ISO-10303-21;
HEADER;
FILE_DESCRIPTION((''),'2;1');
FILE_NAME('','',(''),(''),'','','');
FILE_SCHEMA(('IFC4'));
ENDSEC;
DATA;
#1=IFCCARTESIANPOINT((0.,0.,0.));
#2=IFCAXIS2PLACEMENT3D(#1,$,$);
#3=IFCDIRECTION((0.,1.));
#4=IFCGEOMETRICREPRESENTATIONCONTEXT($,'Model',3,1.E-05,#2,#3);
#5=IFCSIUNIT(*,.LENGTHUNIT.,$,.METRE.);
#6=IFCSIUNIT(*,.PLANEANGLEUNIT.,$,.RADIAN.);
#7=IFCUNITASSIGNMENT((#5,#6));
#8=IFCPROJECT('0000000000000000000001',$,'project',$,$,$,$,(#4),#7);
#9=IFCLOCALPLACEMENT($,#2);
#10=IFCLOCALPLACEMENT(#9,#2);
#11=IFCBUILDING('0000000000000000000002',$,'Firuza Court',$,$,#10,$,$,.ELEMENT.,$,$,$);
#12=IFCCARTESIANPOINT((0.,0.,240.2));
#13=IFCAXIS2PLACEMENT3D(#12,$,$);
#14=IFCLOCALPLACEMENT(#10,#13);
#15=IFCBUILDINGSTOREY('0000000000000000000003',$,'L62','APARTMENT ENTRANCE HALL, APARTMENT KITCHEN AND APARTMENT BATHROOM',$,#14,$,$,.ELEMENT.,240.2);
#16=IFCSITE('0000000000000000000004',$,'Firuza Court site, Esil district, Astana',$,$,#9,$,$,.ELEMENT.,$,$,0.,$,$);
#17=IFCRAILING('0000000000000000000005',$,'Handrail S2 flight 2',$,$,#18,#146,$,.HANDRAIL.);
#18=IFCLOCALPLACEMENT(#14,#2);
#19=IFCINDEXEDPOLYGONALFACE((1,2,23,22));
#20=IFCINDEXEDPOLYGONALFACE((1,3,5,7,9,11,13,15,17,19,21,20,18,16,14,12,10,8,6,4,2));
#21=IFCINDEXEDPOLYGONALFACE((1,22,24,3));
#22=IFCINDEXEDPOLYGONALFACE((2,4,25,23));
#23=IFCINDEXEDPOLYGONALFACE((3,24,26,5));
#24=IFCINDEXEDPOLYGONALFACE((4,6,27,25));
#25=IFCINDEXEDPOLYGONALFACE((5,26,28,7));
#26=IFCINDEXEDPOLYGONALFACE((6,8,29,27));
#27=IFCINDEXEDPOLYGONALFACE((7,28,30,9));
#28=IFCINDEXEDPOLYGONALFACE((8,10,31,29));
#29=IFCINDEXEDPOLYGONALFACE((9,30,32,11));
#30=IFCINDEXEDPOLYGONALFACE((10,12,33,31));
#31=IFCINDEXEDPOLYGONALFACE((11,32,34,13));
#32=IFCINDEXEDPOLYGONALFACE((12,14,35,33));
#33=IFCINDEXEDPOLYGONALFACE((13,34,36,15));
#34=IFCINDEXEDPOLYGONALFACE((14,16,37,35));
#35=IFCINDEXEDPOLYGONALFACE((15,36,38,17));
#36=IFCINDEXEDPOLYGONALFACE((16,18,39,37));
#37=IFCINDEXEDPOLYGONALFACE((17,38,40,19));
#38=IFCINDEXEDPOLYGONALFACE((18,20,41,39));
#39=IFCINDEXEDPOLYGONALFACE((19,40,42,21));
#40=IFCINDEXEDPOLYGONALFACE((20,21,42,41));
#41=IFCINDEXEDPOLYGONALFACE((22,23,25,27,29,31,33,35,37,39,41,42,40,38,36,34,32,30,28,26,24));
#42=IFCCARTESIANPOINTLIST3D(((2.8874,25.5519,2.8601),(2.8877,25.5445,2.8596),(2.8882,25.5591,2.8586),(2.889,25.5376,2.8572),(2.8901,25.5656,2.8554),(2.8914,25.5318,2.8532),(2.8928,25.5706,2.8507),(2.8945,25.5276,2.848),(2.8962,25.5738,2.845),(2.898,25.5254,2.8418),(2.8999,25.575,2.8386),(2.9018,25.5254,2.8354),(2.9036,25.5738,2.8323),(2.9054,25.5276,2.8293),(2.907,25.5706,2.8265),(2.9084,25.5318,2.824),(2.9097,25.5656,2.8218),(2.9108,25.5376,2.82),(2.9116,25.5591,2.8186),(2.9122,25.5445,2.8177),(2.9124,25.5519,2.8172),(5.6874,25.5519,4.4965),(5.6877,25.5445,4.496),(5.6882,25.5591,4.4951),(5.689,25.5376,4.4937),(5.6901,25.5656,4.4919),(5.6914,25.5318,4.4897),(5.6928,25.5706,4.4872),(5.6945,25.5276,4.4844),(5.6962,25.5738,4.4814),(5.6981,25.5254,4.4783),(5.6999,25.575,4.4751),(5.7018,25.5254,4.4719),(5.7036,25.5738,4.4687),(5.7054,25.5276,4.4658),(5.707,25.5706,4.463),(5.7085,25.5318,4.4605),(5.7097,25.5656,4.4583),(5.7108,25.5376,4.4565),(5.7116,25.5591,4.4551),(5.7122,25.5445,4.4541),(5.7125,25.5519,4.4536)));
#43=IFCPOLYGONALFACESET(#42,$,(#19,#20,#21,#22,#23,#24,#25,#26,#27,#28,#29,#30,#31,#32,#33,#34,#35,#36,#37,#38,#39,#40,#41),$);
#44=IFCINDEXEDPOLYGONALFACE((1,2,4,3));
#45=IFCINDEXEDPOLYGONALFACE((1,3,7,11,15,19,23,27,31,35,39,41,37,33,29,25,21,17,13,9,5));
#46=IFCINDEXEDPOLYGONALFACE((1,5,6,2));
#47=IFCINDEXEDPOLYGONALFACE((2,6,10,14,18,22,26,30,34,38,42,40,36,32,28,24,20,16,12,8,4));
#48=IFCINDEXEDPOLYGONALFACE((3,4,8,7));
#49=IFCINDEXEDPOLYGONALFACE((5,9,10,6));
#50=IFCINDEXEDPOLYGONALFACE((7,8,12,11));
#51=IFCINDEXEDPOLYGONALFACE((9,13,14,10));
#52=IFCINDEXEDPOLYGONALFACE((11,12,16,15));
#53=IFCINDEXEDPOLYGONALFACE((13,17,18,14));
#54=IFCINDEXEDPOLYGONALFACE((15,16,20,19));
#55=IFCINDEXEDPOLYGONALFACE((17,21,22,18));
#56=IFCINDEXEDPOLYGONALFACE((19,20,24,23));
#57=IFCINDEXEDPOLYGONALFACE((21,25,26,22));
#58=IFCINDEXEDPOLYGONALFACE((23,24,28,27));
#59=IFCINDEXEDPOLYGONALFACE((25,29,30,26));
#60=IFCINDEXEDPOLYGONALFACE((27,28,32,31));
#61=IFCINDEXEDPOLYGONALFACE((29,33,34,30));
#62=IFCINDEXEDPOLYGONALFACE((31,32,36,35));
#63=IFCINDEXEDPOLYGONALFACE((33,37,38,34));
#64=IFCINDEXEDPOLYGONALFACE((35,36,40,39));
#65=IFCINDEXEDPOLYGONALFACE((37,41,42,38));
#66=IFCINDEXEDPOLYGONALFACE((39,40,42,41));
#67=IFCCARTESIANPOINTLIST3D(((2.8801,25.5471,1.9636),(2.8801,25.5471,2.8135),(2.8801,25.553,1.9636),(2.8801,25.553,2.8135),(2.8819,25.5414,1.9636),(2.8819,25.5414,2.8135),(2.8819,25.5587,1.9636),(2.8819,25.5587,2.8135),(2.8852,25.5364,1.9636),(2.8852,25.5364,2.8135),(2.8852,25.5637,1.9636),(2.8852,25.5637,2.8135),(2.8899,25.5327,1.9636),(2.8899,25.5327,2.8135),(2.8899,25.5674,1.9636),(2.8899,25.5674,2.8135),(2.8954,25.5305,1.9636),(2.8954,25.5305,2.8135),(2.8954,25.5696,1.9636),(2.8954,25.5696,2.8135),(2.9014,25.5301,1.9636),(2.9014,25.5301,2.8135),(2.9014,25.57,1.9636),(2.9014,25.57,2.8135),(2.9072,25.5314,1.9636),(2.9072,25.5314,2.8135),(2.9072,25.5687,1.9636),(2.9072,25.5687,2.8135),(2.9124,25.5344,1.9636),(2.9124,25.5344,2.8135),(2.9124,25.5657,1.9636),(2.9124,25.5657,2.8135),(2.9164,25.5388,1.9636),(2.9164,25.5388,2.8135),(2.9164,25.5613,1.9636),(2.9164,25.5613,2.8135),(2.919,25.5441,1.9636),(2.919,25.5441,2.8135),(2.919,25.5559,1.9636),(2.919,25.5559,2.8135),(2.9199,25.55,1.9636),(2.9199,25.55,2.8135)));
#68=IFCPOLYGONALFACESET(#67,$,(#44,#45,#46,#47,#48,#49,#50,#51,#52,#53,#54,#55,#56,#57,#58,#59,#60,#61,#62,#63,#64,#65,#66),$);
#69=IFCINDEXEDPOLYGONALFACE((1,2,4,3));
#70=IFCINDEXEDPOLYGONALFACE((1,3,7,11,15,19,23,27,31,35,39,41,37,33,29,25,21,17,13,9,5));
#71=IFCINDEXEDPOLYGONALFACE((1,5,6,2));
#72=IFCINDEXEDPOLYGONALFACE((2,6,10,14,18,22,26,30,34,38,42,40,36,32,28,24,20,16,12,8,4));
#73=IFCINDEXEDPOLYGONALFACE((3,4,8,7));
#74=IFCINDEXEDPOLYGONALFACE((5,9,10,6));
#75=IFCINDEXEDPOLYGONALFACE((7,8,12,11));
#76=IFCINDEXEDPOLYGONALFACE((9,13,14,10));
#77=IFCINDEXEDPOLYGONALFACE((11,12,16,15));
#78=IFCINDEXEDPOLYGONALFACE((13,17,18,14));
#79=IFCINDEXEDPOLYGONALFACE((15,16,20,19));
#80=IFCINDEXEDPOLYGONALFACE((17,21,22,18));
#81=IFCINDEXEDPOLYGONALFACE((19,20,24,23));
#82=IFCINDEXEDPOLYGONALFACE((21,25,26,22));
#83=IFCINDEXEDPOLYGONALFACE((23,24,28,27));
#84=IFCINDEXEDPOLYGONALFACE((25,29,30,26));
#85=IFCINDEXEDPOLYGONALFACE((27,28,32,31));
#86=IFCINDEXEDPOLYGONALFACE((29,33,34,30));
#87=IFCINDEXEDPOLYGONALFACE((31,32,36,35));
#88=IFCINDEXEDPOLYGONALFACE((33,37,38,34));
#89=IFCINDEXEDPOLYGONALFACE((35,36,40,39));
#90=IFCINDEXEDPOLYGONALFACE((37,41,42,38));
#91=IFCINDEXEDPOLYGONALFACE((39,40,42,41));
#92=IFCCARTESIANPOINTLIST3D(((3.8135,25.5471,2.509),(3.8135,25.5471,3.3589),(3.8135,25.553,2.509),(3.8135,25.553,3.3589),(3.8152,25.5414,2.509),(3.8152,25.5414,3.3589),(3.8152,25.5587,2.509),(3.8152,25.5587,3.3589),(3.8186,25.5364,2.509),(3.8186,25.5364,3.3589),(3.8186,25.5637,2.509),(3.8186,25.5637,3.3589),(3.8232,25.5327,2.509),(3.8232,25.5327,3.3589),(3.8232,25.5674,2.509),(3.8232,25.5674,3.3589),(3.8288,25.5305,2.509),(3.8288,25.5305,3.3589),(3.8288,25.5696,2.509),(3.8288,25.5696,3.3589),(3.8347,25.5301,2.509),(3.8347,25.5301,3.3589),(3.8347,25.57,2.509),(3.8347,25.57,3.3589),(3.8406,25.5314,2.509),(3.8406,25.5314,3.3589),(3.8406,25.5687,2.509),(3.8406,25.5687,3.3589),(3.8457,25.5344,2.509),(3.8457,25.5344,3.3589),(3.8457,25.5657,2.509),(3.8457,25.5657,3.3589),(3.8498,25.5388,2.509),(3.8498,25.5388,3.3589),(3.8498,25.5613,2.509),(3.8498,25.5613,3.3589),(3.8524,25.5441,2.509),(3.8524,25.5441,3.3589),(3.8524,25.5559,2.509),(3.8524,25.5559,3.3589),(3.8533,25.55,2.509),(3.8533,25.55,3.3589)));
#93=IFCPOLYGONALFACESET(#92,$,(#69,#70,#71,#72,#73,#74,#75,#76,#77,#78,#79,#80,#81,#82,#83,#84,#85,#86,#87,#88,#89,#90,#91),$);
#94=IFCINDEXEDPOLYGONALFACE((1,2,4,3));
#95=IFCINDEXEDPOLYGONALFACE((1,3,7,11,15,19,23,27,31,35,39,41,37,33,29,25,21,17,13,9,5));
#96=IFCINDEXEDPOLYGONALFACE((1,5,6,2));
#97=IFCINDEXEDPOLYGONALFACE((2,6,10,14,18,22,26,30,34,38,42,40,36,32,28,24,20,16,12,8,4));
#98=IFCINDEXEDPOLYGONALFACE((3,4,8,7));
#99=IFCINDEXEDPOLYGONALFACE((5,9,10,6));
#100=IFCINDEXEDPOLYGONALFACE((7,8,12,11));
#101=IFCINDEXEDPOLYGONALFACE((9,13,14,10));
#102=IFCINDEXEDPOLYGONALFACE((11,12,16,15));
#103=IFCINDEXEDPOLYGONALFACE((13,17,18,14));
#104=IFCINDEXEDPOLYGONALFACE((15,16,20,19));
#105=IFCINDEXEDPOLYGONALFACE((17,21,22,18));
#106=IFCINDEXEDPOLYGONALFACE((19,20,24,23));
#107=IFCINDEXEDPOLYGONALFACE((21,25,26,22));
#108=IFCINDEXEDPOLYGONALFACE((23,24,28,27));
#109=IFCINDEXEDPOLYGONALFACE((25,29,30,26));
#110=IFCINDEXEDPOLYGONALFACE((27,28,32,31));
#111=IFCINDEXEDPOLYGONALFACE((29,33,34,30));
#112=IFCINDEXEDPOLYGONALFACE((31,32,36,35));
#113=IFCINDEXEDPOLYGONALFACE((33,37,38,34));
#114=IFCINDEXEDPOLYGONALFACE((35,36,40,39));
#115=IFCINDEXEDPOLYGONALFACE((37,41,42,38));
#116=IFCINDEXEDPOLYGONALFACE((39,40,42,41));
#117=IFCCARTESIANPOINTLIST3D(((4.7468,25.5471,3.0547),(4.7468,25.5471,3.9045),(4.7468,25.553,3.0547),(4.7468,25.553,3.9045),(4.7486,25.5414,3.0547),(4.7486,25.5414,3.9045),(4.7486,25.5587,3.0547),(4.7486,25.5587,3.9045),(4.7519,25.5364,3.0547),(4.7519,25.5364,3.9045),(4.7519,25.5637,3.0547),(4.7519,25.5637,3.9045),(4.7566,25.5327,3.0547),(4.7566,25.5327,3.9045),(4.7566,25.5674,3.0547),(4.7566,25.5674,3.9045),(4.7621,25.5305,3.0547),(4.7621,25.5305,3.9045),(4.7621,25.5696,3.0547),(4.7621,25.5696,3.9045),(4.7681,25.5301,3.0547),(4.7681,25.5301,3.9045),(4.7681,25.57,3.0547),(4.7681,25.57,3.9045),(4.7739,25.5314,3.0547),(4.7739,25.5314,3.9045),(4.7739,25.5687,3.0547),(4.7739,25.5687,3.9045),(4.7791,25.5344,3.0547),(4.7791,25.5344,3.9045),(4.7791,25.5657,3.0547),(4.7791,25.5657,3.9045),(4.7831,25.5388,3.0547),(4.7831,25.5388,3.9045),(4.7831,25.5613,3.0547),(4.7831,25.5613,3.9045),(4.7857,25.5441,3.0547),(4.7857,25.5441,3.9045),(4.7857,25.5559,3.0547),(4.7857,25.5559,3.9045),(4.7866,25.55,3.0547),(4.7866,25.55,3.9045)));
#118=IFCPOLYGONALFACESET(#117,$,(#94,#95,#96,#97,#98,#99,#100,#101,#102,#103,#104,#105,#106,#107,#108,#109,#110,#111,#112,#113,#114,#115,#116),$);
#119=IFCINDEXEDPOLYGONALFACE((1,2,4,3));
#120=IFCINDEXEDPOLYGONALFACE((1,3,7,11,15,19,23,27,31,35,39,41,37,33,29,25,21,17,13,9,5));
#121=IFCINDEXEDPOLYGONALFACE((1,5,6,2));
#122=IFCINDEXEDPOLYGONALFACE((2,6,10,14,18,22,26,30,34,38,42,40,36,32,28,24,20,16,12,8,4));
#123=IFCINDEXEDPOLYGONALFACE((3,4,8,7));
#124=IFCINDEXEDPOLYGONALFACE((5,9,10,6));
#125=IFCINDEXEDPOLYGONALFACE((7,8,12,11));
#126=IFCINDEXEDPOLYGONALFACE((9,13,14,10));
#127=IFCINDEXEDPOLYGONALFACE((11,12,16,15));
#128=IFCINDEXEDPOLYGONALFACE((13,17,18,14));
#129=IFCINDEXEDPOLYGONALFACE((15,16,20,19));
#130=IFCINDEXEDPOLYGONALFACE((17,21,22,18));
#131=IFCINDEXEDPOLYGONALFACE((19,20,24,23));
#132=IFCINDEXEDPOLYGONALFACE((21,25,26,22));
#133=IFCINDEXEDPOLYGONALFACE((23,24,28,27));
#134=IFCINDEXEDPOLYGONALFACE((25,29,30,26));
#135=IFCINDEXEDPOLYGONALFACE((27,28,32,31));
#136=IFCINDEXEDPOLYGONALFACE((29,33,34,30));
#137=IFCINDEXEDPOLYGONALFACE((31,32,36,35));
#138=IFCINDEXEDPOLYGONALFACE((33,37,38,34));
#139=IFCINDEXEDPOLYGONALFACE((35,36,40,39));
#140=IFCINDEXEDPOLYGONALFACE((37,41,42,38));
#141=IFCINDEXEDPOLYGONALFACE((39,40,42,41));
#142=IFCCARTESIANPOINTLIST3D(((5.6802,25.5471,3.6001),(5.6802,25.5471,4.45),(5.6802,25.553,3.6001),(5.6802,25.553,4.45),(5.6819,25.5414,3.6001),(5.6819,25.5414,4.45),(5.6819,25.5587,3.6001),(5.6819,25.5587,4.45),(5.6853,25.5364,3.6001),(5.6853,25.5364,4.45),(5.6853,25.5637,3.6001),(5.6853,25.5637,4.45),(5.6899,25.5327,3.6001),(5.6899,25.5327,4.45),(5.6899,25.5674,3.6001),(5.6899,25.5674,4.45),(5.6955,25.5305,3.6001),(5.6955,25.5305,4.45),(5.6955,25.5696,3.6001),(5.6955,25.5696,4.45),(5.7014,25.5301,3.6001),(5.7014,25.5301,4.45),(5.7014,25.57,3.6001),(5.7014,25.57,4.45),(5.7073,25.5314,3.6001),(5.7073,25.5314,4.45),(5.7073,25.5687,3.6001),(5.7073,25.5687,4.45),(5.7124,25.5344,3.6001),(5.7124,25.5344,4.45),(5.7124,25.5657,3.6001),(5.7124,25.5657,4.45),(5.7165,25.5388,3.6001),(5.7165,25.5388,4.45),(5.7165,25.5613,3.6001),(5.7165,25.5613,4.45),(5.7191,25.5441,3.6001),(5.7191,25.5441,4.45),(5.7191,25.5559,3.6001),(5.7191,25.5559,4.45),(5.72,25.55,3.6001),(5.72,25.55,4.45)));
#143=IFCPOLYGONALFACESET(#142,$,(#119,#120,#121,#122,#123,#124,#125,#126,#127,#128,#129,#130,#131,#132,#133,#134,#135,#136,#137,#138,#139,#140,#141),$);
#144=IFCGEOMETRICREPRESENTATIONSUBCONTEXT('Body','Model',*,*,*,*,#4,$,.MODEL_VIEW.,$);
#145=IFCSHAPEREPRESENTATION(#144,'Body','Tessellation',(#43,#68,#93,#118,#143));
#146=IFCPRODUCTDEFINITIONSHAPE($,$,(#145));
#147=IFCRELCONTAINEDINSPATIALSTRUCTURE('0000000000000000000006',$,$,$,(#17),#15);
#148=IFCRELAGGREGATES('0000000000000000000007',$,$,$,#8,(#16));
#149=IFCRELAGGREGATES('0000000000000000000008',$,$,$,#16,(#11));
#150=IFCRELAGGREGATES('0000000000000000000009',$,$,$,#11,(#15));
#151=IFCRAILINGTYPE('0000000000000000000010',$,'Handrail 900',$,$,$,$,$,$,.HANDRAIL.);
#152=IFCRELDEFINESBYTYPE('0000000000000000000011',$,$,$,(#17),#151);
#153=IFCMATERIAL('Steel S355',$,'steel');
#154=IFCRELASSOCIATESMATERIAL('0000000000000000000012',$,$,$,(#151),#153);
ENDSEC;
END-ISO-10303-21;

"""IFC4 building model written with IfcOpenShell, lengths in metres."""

from ifc_helpers import new_model, si_unit, direction, frame, origin, origin_2d, place, context, subcontext, project, spatial, circle, extrude, material, type_object, element, save


model = new_model("IFC4")

# Units and contexts
model_context = context("Model", 3, precision=1e-05, world=origin(), true_north=direction((0.0, 1.0)))
body_context = subcontext(model_context, "Body", "Model", "MODEL_VIEW")
ifc_project = project(units=[si_unit("LENGTHUNIT", "METRE"), si_unit("PLANEANGLEUNIT", "RADIAN")], contexts=[model_context])

# Site, building, storey
site_placement = place(None, origin())
site = spatial("IfcSite", under=ifc_project, at=site_placement, Name="Firuza Court site, Esil district, Astana", CompositionType="ELEMENT", RefElevation=0.0)
building_placement = place(site_placement, origin())
building = spatial("IfcBuilding", under=site, at=building_placement, Name="Firuza Court", CompositionType="ELEMENT")
storey_placement = place(building_placement, frame((0.0, 0.0, 240.2)))
storey = spatial("IfcBuildingStorey", under=building, at=storey_placement, Name="L62", Description="APARTMENT ENTRANCE HALL, APARTMENT KITCHEN AND APARTMENT BATHROOM", CompositionType="ELEMENT", Elevation=240.2)

# Railing
ifc_material_1 = material(Name="Steel S355", Category="steel")
railing_type_1 = type_object("IfcRailingType", Name="Handrail 900", PredefinedType="HANDRAIL", material=ifc_material_1)
railing_1_placement = place(storey_placement, frame((2.8999, 25.55, 1.9636)))
element("IfcRailing", 1, at=railing_1_placement, inside=storey, type_object=railing_type_1, Name="Handrail S2 flight 2", PredefinedType="HANDRAIL", context=body_context, shape_type="SweptSolid", body=[
    extrude(circle(Radius=0.0249, at=origin_2d()), frame((0.0, 0.0, 0.875), z_axis=(0.863361, 0.0, 0.504587), x_axis=(0.0, 1.0, 0.0)), (0.0, 0.0, 1.0), 3.2432),
    extrude(circle(Radius=0.02, at=origin_2d()), origin(), (0.0, 0.0, 1.0), 0.8499),
    extrude(circle(Radius=0.02, at=origin_2d()), frame((0.9333, 0.0, 0.5454)), (0.0, 0.0, 1.0), 0.8499),
    extrude(circle(Radius=0.02, at=origin_2d()), frame((1.8667, 0.0, 1.0911)), (0.0, 0.0, 1.0), 0.8499),
    extrude(circle(Radius=0.02, at=origin_2d()), frame((2.8, 0.0, 1.6365)), (0.0, 0.0, 1.0), 0.8499),
])

save(model, "model.ifc")
